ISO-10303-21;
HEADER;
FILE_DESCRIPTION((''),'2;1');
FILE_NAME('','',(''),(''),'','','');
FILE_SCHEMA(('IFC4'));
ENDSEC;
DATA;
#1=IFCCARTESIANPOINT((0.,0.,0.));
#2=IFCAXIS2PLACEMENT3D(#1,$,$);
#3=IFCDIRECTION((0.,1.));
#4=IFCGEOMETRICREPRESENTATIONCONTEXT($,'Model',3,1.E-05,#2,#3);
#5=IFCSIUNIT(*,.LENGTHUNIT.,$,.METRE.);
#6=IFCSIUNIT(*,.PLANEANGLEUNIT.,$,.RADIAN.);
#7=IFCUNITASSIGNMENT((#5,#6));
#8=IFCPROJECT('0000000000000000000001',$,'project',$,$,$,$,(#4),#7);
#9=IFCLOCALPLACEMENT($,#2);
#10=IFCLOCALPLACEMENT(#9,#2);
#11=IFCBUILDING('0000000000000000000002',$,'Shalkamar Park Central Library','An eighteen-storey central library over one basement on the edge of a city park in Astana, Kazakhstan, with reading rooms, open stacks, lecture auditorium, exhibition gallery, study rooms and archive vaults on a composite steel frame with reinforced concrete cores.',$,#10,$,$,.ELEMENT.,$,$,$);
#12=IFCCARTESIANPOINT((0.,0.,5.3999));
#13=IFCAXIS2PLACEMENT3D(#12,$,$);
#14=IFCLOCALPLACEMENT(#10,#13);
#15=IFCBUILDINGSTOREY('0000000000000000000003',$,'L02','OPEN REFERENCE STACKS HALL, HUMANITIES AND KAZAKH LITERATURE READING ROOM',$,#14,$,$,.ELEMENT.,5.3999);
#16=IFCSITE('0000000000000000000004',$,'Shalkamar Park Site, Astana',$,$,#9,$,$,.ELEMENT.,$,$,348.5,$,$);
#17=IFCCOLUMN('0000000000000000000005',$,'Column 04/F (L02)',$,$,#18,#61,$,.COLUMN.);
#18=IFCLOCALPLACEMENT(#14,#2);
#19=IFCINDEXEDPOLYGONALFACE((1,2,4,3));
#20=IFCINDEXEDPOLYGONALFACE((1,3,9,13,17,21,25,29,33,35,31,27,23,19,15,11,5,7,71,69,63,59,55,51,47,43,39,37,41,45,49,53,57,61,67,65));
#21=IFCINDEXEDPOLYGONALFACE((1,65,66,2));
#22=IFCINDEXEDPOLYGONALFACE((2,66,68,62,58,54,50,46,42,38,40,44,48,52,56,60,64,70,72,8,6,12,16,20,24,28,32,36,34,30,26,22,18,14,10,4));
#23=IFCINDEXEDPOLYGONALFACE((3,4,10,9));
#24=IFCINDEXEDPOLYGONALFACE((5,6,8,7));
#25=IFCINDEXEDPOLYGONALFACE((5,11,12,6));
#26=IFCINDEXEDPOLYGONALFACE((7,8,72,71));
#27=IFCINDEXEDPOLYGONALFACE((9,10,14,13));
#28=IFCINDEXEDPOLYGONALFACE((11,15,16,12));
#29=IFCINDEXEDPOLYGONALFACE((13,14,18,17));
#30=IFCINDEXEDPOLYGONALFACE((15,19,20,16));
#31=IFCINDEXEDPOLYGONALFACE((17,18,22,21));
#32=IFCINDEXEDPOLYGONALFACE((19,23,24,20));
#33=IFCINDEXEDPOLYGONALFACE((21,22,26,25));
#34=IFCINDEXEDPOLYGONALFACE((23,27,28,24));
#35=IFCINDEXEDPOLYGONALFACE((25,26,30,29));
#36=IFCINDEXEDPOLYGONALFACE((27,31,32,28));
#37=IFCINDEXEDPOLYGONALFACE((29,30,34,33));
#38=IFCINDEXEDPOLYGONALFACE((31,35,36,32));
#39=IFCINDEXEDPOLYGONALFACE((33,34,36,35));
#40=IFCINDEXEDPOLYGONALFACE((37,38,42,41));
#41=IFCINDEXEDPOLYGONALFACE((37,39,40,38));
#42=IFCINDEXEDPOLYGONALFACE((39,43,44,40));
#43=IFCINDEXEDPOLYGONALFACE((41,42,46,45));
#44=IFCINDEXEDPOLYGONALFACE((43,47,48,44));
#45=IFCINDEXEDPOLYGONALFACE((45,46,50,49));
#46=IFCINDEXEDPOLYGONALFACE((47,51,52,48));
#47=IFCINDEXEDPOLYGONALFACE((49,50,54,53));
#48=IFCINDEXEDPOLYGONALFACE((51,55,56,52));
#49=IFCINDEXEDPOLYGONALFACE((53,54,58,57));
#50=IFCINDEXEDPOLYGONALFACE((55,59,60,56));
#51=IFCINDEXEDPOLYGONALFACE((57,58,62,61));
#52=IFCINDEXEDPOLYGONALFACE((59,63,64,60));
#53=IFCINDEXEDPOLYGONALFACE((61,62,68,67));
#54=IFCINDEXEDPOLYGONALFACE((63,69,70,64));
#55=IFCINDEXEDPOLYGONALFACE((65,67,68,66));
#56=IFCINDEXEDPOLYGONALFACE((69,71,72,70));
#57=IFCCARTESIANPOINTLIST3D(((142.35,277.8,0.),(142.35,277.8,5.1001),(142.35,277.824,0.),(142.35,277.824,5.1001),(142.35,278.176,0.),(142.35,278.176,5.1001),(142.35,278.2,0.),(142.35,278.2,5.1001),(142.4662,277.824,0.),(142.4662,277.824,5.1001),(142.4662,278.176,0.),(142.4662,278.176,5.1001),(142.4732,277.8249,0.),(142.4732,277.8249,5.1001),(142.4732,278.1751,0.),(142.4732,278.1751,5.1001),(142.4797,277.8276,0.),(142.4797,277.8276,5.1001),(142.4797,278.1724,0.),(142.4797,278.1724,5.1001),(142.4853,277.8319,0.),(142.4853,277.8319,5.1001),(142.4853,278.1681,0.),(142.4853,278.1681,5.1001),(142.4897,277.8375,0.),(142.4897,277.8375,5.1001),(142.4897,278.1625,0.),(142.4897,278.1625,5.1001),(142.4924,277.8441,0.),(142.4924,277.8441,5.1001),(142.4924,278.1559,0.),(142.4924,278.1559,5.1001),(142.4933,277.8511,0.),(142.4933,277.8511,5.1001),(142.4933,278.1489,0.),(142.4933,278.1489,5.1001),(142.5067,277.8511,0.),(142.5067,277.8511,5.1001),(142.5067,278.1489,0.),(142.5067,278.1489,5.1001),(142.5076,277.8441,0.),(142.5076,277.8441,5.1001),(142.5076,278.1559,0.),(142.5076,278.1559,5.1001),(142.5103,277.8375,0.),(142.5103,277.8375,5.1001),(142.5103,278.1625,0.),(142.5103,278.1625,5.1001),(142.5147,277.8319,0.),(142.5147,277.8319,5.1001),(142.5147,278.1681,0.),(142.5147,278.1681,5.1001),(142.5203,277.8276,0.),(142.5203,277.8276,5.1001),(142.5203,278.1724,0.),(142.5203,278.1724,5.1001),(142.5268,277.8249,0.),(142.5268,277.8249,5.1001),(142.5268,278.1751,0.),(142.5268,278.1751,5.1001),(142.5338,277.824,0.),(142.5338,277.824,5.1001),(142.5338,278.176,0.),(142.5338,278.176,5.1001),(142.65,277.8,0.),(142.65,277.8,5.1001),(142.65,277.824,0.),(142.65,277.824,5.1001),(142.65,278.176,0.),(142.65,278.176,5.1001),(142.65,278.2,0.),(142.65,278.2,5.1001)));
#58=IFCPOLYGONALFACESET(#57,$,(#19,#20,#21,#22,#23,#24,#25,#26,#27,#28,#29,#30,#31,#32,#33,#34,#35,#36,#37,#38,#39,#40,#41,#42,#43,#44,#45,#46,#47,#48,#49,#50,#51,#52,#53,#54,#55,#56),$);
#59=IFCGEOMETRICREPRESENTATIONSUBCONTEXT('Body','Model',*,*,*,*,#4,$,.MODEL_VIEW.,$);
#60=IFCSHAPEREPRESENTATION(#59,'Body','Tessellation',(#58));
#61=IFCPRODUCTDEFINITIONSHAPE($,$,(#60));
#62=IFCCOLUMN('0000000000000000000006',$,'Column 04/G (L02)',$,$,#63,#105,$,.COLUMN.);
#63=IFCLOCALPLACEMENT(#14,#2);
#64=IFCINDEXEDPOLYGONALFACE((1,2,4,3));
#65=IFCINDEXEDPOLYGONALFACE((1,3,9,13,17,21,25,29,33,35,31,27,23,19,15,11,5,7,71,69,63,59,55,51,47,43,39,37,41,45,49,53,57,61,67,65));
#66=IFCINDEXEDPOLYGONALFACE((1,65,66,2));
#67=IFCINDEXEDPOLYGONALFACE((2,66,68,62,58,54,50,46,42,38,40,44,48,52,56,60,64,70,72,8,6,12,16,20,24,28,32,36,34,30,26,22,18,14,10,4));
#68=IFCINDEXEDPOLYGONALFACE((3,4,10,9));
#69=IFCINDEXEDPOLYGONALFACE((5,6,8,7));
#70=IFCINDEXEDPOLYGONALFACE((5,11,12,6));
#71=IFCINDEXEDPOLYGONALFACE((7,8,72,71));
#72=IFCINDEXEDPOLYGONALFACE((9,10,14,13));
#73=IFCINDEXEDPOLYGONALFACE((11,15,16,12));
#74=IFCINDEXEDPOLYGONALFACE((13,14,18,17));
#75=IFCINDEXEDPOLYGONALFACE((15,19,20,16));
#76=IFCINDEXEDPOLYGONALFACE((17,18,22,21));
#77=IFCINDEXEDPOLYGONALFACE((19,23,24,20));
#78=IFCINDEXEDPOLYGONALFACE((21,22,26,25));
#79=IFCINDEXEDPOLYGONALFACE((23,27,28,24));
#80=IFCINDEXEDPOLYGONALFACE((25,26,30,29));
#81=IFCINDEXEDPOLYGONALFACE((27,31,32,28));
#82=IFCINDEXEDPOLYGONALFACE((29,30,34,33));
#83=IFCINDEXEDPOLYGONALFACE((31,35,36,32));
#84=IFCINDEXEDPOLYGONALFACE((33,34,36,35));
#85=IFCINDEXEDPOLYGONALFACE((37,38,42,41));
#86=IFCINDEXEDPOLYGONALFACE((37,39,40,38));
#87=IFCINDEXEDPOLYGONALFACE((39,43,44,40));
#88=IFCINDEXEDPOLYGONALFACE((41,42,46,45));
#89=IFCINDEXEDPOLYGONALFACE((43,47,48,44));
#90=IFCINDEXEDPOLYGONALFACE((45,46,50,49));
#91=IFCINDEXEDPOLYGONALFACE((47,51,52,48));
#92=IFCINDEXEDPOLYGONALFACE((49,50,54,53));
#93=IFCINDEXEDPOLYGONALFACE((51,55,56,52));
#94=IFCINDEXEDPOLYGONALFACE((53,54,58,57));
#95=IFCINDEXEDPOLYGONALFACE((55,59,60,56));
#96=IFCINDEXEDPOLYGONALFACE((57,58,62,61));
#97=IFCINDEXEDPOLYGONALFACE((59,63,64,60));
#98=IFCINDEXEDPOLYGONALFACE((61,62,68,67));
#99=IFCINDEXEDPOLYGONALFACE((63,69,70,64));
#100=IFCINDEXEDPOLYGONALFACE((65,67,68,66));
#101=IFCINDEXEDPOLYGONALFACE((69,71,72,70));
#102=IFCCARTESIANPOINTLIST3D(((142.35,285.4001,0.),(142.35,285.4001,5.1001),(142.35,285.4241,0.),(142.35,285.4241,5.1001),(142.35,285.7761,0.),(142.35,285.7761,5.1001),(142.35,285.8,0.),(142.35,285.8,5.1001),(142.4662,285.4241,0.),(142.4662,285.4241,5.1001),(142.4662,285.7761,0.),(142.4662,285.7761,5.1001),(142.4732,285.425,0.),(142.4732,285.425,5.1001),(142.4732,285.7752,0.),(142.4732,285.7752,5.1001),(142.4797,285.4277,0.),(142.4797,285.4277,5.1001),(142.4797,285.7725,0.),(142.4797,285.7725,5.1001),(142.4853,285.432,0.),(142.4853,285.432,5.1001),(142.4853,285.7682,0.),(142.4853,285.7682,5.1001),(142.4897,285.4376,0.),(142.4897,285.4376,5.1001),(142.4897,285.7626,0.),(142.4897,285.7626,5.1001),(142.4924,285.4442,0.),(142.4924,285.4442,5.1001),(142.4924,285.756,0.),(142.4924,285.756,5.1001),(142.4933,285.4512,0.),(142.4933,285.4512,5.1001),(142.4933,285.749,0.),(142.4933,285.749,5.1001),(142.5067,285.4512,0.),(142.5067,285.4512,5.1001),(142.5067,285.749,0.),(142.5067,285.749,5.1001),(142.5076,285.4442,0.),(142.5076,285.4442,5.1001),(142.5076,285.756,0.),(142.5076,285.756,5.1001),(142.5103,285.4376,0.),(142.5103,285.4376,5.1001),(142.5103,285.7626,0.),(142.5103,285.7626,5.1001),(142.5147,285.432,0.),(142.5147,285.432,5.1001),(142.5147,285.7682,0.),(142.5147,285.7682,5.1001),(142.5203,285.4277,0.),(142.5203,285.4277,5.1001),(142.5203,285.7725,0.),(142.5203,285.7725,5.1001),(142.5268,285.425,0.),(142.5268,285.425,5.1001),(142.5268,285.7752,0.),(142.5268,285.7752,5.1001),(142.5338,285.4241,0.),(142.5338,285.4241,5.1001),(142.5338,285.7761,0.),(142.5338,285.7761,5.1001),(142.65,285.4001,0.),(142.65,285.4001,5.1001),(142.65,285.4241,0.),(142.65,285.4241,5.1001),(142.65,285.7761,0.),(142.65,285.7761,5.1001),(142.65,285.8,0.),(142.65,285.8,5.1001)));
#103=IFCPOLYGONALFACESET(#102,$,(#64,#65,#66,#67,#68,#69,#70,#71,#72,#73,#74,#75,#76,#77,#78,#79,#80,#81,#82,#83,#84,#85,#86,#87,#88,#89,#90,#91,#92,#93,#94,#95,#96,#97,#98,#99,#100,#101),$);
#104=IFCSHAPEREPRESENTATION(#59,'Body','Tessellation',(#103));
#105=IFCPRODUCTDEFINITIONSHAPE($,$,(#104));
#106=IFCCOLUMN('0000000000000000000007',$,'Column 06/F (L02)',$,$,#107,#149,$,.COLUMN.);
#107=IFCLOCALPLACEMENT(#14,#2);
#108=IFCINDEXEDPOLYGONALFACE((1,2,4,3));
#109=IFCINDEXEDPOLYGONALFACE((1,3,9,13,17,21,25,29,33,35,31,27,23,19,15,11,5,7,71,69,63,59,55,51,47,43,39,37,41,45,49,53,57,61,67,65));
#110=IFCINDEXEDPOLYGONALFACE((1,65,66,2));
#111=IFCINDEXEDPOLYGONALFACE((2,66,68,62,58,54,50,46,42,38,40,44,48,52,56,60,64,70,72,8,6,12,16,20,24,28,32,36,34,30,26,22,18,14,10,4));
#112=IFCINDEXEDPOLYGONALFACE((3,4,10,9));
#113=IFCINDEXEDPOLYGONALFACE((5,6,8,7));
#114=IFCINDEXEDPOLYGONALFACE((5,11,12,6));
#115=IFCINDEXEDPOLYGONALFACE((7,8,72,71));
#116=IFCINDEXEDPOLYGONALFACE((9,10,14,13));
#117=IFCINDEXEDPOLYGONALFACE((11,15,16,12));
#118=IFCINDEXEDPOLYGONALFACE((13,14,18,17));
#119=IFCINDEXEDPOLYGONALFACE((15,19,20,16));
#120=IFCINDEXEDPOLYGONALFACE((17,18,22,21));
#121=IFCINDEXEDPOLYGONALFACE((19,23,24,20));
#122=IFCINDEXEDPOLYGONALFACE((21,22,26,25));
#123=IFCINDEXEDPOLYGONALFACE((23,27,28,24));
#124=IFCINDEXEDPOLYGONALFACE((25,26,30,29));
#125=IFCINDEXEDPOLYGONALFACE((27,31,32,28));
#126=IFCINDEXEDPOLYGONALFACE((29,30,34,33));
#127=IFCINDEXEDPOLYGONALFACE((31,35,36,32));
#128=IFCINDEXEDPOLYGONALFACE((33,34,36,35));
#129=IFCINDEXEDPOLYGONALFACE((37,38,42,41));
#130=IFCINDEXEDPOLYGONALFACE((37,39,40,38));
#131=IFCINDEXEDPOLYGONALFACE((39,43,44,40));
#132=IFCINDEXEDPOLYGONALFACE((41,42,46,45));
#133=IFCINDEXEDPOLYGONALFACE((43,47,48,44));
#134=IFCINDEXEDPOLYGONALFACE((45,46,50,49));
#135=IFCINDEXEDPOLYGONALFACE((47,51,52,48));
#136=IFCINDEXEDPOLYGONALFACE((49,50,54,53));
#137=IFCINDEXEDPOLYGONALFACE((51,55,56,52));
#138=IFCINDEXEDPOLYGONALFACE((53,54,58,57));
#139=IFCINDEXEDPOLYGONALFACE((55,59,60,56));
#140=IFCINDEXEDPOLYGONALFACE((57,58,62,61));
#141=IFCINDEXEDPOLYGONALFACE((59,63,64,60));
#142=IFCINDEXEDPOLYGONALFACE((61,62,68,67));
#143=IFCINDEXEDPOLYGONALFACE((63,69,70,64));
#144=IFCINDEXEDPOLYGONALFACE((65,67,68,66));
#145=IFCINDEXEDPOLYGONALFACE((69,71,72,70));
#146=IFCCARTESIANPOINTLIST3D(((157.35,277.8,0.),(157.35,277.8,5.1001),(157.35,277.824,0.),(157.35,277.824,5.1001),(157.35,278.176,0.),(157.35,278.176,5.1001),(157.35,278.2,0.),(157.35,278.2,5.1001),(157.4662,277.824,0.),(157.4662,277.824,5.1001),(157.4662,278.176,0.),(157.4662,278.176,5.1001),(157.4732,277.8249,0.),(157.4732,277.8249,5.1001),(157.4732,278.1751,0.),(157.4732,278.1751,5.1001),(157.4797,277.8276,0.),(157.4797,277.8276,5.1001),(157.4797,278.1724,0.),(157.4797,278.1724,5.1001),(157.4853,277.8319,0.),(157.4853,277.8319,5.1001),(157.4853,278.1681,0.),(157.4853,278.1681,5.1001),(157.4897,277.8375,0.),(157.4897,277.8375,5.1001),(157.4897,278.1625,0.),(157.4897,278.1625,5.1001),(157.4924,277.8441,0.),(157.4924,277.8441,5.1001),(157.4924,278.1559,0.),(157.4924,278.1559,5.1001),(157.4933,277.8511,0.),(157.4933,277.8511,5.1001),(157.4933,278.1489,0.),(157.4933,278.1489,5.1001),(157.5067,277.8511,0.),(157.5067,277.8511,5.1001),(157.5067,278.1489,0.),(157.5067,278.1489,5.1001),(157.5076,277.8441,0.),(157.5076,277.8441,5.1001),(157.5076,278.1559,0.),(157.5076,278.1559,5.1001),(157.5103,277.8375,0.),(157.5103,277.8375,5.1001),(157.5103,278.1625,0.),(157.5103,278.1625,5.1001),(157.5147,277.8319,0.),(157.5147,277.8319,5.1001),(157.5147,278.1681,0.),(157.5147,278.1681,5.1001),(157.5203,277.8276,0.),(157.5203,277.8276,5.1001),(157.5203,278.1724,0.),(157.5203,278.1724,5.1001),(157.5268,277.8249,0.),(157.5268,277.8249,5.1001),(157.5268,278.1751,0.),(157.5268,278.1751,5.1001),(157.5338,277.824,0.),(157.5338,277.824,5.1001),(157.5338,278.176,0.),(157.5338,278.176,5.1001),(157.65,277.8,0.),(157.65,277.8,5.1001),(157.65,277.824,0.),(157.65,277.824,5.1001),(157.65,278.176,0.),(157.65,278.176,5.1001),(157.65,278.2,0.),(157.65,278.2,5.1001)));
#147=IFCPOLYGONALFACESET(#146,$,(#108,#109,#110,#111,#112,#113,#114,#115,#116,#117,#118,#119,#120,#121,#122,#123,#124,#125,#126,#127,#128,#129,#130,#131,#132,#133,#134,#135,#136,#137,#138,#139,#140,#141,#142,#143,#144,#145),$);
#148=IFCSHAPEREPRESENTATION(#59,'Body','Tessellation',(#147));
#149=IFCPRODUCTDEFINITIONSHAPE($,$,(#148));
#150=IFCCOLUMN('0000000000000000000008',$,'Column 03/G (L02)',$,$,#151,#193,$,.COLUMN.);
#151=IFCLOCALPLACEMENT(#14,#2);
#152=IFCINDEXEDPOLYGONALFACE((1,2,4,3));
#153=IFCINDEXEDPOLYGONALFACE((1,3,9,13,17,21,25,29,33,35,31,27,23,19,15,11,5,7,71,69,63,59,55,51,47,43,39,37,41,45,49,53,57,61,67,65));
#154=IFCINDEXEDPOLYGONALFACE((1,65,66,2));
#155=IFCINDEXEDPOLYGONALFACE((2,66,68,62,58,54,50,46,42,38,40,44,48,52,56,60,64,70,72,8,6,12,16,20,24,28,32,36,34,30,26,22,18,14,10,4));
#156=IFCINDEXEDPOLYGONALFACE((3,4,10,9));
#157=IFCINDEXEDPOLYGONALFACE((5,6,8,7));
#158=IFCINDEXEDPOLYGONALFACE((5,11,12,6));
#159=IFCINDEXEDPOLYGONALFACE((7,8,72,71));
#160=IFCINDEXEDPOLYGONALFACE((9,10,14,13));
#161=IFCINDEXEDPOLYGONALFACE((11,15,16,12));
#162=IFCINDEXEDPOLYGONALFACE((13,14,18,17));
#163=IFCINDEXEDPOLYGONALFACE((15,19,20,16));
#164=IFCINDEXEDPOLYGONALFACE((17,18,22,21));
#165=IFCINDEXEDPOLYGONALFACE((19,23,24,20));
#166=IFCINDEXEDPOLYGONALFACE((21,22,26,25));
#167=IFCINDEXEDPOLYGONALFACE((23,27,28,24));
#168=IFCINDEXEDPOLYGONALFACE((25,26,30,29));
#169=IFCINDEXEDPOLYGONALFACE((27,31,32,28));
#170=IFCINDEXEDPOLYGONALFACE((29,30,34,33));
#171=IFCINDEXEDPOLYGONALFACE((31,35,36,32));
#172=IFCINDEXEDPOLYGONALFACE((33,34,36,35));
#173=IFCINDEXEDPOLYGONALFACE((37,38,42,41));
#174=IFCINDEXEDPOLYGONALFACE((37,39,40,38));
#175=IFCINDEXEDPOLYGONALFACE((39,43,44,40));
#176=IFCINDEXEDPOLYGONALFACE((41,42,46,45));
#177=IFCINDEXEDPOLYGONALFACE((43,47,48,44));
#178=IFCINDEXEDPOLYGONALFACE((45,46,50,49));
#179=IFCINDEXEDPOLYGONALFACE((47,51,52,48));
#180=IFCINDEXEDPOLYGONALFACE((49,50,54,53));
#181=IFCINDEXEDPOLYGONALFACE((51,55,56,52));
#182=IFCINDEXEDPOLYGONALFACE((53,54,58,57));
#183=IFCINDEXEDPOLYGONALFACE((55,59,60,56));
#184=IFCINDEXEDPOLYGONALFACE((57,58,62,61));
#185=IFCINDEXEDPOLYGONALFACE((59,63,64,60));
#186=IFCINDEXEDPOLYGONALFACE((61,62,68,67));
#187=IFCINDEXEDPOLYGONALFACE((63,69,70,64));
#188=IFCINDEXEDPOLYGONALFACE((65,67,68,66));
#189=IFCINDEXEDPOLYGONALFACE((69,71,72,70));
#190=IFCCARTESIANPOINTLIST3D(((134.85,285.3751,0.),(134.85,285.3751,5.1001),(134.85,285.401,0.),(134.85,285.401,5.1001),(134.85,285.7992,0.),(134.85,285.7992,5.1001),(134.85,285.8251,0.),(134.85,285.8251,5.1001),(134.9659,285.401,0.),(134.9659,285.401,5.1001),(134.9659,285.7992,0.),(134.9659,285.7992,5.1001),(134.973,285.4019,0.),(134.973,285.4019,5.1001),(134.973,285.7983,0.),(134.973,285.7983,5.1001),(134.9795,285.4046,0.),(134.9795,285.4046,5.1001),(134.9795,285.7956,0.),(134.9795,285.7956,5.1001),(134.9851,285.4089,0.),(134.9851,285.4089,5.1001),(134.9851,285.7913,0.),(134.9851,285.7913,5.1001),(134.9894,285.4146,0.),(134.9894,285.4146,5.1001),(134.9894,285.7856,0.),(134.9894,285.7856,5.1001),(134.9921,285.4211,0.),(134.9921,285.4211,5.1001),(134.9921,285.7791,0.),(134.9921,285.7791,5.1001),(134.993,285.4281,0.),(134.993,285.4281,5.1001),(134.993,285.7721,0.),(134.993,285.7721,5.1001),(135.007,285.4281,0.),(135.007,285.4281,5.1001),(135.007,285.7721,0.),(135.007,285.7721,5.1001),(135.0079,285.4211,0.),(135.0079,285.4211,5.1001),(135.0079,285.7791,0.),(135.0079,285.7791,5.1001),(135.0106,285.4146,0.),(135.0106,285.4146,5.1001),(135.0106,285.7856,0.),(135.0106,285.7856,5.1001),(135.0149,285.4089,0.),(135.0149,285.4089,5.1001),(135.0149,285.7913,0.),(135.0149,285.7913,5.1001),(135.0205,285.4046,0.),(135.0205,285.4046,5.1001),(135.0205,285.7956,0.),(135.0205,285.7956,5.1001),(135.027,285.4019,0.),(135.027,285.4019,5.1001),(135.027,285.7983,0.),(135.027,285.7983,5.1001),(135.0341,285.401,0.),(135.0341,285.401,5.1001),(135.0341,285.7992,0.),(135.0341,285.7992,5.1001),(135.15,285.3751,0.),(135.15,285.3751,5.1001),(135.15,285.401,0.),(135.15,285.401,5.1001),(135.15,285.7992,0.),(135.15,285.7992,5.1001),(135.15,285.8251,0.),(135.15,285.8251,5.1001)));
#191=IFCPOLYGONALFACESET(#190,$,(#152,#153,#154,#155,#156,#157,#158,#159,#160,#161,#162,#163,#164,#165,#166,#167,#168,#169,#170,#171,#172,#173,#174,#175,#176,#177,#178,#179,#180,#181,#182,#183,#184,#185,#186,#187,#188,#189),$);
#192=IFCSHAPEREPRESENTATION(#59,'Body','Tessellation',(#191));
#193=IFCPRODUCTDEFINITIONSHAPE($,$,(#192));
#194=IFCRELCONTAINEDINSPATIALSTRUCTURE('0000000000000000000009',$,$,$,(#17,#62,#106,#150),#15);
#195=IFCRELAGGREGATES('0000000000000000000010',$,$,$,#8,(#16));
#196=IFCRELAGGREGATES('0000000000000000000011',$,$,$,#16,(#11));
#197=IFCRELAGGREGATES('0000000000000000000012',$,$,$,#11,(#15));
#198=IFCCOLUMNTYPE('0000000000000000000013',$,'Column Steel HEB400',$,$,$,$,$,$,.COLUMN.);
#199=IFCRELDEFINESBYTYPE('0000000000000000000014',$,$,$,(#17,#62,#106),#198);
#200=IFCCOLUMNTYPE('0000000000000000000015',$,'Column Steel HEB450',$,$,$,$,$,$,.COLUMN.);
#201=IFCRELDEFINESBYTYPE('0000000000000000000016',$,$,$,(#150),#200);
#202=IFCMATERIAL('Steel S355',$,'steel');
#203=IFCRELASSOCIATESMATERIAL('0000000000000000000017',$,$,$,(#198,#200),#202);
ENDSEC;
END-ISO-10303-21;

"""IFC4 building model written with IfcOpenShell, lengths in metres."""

from ifc_helpers import new_model, si_unit, direction, frame, origin, origin_2d, place, context, subcontext, project, spatial, i_section, extrude, material, material_profile, profile_set, type_object, element, save


model = new_model("IFC4")

# Units and contexts
model_context = context("Model", 3, precision=1e-05, world=origin(), true_north=direction((0.0, 1.0)))
body_context = subcontext(model_context, "Body", "Model", "MODEL_VIEW")
ifc_project = project(units=[si_unit("LENGTHUNIT", "METRE"), si_unit("PLANEANGLEUNIT", "RADIAN")], contexts=[model_context])

# Site, building, storey
site_placement = place(None, origin())
site = spatial("IfcSite", under=ifc_project, at=site_placement, Name="Shalkamar Park Site, Astana", CompositionType="ELEMENT", RefElevation=348.5)
building_placement = place(site_placement, origin())
building = spatial("IfcBuilding", under=site, at=building_placement, Name="Shalkamar Park Central Library", Description="An eighteen-storey central library over one basement on the edge of a city park in Astana, Kazakhstan, with reading rooms, open stacks, lecture auditorium, exhibition gallery, study rooms and archive vaults on a composite steel frame with reinforced concrete cores.", CompositionType="ELEMENT")
storey_placement = place(building_placement, frame((0.0, 0.0, 5.3999)))
storey = spatial("IfcBuildingStorey", under=building, at=storey_placement, Name="L02", Description="OPEN REFERENCE STACKS HALL, HUMANITIES AND KAZAKH LITERATURE READING ROOM", CompositionType="ELEMENT", Elevation=5.3999)

# Columns
ifc_material_1 = material(Name="Steel S355", Category="steel")
ifc_material_profile_1 = material_profile(ifc_material_1, i_section(OverallWidth=0.3, OverallDepth=0.3999, WebThickness=0.0134, FlangeThickness=0.0239, FilletRadius=0.0271, at=origin_2d()), Name="HEB 400")
ifc_profile_set_1 = profile_set([ifc_material_profile_1], Name="Steel S355")
column_type_1 = type_object("IfcColumnType", Name="Column Steel HEB400", PredefinedType="COLUMN", material=ifc_profile_set_1)
for number, where, z_axis, x_axis, name in (
    (1, (142.5, 278.0, 0.0), (0.0, 0.0, 1.0), (1.0, 0.0, 0.0), "Column 04/F (L02)"),
    (2, (142.5, 285.6001, 0.0), (0.0, 0.0, 1.0), (1.0, 0.0, 0.0), "Column 04/G (L02)"),
    (3, (157.5, 278.0, 0.0), (0.0, 0.0, 1.0), (1.0, 0.0, 0.0), "Column 06/F (L02)"),
):
    element("IfcColumn", number, at=place(storey_placement, frame(where, z_axis=z_axis, x_axis=x_axis)), inside=storey, type_object=column_type_1, Name=name, PredefinedType="COLUMN", context=body_context, shape_type="SweptSolid", body=[
        extrude(i_section(OverallWidth=0.3, OverallDepth=0.3999, WebThickness=0.0134, FlangeThickness=0.0239, FilletRadius=0.0271, at=origin_2d()), origin(), (0.0, 0.0, 1.0), 5.1001),
    ])
ifc_material_profile_2 = material_profile(ifc_material_1, i_section(OverallWidth=0.3, OverallDepth=0.45, WebThickness=0.0139, FlangeThickness=0.0259, FilletRadius=0.0271, at=origin_2d()), Name="HEB 450")
ifc_profile_set_2 = profile_set([ifc_material_profile_2], Name="Steel S355")
column_type_2 = type_object("IfcColumnType", Name="Column Steel HEB450", PredefinedType="COLUMN", material=ifc_profile_set_2)
for number, where, z_axis, x_axis, name in (
    (4, (135.0, 285.6001, 0.0), (0.0, 0.0, 1.0), (1.0, 0.0, 0.0), "Column 03/G (L02)"),
):
    element("IfcColumn", number, at=place(storey_placement, frame(where, z_axis=z_axis, x_axis=x_axis)), inside=storey, type_object=column_type_2, Name=name, PredefinedType="COLUMN", context=body_context, shape_type="SweptSolid", body=[
        extrude(i_section(OverallWidth=0.3, OverallDepth=0.45, WebThickness=0.0139, FlangeThickness=0.0259, FilletRadius=0.0271, at=origin_2d()), origin(), (0.0, 0.0, 1.0), 5.1001),
    ])

save(model, "model.ifc")
